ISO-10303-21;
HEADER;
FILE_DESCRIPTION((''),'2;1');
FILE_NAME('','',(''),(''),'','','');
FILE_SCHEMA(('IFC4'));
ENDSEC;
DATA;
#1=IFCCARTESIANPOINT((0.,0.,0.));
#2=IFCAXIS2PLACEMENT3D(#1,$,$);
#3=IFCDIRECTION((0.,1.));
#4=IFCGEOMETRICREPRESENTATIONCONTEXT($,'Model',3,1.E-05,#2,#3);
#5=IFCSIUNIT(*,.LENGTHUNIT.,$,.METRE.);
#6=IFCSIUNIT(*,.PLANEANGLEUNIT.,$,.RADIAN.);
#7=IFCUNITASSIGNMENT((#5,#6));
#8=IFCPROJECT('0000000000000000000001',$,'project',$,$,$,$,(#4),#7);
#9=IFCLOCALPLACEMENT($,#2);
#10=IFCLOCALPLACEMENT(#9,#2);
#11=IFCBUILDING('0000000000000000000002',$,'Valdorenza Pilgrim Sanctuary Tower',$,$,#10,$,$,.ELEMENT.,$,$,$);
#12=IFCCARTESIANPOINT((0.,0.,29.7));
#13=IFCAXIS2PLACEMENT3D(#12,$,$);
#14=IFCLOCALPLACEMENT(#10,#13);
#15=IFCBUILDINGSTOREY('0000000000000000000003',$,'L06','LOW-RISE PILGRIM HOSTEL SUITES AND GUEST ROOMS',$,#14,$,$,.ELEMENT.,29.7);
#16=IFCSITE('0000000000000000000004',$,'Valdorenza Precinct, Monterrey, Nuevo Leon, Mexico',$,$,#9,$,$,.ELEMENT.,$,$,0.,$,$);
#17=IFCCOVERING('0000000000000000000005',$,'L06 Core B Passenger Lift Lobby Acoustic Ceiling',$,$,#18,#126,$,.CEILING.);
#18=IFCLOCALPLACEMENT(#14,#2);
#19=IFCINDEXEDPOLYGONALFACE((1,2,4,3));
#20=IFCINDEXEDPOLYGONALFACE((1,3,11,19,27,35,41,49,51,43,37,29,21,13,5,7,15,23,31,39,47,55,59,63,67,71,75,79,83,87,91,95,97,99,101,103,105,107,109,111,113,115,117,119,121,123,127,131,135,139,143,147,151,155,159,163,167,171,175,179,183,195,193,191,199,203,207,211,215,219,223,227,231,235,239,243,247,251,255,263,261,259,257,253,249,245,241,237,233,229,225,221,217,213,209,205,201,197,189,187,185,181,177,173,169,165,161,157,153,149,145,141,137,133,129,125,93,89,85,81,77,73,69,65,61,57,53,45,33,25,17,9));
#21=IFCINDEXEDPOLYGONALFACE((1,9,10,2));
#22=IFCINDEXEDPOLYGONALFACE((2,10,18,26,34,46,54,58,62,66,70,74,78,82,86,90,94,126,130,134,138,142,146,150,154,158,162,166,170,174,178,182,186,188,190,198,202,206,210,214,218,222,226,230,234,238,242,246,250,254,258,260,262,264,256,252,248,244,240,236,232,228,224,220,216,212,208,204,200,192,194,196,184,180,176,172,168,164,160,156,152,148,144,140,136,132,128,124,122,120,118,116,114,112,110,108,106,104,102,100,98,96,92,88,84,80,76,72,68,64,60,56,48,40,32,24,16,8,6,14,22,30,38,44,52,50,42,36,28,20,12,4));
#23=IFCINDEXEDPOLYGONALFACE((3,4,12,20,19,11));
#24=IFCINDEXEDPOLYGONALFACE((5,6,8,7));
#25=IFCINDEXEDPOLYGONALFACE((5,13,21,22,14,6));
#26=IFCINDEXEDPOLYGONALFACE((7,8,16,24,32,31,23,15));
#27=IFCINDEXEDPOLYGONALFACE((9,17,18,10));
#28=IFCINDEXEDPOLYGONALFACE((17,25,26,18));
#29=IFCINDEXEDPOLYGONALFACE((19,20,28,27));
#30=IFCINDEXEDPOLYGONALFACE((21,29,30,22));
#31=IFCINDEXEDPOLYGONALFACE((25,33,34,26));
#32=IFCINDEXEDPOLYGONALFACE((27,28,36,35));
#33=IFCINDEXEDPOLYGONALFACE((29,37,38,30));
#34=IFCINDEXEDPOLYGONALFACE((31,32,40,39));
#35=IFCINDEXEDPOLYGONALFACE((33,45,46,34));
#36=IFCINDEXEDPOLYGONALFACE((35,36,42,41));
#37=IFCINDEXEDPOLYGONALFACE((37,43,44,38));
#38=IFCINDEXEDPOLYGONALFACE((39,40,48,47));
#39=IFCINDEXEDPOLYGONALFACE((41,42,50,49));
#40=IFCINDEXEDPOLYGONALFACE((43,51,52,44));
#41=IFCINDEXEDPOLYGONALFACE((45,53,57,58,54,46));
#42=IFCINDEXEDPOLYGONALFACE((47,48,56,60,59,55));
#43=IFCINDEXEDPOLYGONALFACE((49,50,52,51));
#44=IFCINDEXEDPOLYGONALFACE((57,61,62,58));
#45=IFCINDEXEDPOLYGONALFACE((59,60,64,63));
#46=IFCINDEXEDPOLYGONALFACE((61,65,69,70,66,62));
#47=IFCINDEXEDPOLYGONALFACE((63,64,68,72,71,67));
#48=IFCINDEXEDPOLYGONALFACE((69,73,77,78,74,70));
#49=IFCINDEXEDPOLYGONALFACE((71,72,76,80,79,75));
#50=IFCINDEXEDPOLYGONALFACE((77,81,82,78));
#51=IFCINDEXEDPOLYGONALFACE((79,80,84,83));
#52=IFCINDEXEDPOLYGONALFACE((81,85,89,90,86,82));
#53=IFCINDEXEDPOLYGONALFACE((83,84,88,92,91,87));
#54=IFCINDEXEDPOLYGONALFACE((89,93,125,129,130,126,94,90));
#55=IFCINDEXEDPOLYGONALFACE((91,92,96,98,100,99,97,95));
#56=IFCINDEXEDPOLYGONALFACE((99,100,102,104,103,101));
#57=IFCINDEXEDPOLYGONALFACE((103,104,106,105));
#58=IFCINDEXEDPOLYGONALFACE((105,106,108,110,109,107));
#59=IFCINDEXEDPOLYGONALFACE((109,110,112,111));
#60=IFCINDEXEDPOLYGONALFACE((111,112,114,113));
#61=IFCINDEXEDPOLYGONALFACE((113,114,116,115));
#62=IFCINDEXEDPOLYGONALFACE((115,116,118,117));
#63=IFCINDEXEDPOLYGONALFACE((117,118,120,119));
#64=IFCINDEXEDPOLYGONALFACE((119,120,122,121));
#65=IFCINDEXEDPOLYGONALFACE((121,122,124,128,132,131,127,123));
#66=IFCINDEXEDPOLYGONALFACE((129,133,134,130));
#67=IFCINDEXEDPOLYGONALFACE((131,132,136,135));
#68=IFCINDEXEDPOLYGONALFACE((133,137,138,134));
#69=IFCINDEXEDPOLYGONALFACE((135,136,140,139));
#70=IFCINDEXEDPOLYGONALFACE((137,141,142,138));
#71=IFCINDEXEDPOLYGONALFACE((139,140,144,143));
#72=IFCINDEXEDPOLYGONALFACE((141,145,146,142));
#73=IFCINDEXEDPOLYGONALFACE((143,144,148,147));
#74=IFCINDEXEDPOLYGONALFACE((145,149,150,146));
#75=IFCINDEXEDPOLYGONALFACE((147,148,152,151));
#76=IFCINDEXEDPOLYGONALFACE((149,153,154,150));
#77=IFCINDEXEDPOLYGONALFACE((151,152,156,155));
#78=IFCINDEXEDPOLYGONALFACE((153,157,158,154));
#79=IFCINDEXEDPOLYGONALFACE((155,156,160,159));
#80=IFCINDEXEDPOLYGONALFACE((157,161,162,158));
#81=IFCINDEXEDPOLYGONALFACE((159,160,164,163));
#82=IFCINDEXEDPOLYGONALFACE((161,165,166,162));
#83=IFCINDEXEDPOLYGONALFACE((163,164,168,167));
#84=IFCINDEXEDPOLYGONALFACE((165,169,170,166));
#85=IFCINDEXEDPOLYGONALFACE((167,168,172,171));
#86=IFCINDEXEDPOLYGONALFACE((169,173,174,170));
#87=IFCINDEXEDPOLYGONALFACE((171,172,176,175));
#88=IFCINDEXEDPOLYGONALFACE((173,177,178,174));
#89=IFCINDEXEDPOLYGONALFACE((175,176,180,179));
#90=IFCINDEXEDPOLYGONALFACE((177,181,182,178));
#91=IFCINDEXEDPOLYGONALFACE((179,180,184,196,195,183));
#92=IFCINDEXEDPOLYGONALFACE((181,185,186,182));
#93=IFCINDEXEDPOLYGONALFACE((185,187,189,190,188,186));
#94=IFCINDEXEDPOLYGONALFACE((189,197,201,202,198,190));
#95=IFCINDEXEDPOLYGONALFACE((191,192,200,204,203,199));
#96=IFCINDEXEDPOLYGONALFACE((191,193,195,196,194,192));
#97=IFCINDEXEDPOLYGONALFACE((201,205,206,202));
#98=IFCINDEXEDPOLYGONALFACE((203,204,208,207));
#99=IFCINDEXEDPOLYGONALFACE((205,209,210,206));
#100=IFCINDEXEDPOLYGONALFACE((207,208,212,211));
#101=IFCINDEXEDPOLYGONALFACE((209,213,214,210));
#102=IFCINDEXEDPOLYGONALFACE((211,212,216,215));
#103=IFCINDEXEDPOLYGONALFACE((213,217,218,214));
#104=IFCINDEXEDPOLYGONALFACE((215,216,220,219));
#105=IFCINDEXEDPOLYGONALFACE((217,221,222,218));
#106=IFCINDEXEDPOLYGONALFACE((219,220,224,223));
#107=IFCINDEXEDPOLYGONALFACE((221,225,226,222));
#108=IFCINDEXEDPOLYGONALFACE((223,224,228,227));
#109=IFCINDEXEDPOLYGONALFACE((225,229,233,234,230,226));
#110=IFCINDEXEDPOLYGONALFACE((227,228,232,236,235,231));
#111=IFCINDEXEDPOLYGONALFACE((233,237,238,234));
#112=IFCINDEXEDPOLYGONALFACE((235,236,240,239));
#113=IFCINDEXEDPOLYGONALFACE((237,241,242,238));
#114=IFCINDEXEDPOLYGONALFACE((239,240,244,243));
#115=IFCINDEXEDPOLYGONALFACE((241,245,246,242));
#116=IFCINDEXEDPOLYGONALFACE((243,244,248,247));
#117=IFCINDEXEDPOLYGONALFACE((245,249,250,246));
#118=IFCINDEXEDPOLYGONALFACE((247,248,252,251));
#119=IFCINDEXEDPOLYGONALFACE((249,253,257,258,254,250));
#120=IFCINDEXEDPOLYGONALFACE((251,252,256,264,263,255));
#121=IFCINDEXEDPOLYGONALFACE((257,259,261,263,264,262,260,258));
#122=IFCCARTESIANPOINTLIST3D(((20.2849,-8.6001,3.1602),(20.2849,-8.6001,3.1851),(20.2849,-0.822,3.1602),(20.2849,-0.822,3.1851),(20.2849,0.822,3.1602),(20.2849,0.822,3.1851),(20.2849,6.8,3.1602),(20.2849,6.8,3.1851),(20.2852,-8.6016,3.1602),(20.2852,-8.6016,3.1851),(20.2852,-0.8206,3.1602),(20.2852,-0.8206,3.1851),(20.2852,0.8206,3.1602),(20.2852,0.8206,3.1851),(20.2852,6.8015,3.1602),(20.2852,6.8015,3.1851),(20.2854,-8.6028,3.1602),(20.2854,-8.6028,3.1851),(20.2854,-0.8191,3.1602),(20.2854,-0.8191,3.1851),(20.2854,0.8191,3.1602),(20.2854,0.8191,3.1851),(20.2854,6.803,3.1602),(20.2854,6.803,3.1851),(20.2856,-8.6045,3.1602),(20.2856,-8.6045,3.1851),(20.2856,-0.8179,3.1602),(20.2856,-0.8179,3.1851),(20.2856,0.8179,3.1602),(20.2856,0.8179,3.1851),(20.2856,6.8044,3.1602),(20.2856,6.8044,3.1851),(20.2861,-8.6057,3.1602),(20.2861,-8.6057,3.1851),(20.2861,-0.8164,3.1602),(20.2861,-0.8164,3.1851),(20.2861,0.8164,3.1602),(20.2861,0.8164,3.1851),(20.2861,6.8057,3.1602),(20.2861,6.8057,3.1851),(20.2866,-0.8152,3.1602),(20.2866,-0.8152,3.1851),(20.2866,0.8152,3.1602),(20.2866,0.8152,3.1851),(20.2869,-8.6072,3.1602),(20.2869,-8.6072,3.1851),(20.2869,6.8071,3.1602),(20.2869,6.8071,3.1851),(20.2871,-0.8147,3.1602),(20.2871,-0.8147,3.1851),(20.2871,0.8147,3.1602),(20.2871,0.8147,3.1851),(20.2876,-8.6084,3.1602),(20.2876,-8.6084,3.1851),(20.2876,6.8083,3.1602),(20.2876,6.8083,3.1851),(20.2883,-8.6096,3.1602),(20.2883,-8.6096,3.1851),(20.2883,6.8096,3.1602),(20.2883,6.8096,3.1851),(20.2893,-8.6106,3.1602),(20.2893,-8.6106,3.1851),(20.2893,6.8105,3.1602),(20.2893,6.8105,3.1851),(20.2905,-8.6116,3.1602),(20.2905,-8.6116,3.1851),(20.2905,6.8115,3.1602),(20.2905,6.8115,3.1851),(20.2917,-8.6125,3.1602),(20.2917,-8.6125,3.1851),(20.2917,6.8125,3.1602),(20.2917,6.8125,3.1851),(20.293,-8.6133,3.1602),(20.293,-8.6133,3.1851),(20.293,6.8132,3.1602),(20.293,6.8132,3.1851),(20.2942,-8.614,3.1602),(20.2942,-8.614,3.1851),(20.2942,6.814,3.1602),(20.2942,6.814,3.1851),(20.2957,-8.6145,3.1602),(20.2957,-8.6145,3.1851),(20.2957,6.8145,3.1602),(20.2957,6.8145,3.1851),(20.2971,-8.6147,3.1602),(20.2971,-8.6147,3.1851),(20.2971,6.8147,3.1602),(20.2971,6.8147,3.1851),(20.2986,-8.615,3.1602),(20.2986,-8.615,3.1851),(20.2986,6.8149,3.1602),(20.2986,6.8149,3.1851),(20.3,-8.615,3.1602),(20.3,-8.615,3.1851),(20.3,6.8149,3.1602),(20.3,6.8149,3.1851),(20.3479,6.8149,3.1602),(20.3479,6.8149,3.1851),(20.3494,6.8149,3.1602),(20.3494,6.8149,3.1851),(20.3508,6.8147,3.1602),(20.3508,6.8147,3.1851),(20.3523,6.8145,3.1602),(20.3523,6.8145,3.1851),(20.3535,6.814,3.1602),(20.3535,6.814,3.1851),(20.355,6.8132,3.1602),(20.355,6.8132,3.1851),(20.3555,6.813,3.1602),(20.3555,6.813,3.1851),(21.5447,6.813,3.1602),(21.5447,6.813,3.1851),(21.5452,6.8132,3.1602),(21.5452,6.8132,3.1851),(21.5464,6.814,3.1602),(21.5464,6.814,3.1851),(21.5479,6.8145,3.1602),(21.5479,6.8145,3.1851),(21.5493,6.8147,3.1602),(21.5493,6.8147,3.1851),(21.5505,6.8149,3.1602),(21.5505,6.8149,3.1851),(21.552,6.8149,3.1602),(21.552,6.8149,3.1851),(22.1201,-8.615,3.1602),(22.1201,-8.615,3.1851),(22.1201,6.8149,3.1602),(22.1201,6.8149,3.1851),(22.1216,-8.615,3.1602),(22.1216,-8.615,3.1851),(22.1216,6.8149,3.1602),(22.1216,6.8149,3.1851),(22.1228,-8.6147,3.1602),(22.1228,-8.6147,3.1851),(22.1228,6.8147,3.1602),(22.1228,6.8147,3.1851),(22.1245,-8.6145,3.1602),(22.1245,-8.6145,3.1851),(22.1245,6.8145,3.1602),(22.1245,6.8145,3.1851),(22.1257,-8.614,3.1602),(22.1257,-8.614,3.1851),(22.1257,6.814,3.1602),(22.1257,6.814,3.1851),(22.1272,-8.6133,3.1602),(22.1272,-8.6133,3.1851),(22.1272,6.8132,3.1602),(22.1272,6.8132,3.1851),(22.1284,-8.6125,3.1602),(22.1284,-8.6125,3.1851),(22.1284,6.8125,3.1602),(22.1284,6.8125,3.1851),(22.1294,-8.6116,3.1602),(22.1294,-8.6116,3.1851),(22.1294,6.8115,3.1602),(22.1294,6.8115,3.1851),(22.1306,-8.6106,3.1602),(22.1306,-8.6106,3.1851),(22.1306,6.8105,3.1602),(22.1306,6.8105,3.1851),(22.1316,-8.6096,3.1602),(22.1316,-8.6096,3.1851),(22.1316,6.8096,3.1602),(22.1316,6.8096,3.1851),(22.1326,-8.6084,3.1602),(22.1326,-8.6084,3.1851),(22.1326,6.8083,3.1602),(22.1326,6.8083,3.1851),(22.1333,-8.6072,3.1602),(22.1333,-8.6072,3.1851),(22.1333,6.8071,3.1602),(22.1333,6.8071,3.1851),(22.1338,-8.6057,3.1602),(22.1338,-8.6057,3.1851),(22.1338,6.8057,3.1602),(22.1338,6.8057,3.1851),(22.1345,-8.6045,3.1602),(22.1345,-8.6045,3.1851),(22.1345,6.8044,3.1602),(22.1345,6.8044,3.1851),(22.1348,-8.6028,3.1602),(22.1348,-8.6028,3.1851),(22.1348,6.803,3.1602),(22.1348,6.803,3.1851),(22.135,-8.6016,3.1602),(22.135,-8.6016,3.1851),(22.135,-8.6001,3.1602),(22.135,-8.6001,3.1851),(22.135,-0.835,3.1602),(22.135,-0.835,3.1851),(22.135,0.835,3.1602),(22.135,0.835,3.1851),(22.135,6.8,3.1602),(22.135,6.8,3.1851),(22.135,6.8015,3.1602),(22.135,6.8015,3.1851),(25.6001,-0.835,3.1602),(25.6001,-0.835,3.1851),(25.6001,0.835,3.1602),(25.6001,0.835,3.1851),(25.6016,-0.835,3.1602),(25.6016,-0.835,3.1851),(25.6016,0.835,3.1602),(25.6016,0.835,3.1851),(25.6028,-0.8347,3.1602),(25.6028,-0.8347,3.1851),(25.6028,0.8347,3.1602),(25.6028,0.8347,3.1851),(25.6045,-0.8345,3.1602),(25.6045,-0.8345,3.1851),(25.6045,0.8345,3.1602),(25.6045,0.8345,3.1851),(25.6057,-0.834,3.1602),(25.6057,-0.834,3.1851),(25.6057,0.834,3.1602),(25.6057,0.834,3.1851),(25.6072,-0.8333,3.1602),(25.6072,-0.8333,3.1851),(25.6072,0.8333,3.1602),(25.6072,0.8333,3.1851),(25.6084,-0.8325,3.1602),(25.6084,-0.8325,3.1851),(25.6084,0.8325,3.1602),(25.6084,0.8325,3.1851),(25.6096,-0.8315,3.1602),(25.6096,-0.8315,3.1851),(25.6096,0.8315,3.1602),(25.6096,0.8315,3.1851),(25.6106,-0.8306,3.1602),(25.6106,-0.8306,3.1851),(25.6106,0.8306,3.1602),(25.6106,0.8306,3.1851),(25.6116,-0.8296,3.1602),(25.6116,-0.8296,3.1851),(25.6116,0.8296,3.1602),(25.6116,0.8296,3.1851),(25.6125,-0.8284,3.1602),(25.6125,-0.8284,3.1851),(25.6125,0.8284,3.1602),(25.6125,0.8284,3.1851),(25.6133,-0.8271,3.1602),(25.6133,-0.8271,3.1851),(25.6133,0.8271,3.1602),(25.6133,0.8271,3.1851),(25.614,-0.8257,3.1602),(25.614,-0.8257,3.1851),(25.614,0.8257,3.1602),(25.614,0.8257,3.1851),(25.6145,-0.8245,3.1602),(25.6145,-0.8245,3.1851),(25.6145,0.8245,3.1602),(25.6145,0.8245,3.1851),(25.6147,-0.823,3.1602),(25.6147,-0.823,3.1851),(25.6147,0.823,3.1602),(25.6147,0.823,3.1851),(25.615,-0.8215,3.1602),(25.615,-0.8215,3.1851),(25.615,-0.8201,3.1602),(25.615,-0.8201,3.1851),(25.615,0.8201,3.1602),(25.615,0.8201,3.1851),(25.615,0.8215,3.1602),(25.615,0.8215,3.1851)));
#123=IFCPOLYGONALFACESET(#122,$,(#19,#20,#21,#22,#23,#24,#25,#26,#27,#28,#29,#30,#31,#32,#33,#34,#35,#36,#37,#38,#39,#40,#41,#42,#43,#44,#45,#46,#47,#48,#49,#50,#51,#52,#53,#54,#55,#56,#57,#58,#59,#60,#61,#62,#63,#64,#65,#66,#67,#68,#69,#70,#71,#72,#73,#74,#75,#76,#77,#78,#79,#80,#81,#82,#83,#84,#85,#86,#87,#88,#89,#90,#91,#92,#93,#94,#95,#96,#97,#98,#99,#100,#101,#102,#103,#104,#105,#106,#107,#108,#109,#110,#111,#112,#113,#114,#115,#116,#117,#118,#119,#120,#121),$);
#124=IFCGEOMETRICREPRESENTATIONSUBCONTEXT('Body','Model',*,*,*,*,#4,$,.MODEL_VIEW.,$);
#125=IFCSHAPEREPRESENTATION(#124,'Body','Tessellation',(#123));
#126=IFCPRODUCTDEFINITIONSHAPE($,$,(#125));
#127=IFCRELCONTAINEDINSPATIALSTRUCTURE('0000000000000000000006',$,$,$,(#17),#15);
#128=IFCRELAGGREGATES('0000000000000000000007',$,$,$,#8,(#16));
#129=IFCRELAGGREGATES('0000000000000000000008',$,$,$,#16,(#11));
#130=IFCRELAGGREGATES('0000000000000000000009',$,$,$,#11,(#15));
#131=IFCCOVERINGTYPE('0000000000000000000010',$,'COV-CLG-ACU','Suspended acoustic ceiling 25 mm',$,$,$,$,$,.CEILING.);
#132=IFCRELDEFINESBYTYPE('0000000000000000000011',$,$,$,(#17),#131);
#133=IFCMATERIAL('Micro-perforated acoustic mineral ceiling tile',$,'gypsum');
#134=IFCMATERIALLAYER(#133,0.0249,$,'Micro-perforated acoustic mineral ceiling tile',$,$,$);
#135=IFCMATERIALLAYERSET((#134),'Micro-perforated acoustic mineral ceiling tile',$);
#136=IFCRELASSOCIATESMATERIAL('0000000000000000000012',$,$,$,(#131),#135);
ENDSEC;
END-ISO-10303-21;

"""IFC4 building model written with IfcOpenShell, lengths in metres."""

from ifc_helpers import new_model, si_unit, direction, frame, origin, place, context, subcontext, project, spatial, polyline, outline, extrude, material, layer, layer_set, type_object, element, save


model = new_model("IFC4")

# Units and contexts
model_context = context("Model", 3, precision=1e-05, world=origin(), true_north=direction((0.0, 1.0)))
body_context = subcontext(model_context, "Body", "Model", "MODEL_VIEW")
ifc_project = project(units=[si_unit("LENGTHUNIT", "METRE"), si_unit("PLANEANGLEUNIT", "RADIAN")], contexts=[model_context])

# Site, building, storey
site_placement = place(None, origin())
site = spatial("IfcSite", under=ifc_project, at=site_placement, Name="Valdorenza Precinct, Monterrey, Nuevo Leon, Mexico", CompositionType="ELEMENT", RefElevation=0.0)
building_placement = place(site_placement, origin())
building = spatial("IfcBuilding", under=site, at=building_placement, Name="Valdorenza Pilgrim Sanctuary Tower", CompositionType="ELEMENT")
storey_placement = place(building_placement, frame((0.0, 0.0, 29.7)))
storey = spatial("IfcBuildingStorey", under=building, at=storey_placement, Name="L06", Description="LOW-RISE PILGRIM HOSTEL SUITES AND GUEST ROOMS", CompositionType="ELEMENT", Elevation=29.7)

# Covering
ifc_material_1 = material(Name="Micro-perforated acoustic mineral ceiling tile", Category="gypsum")
ifc_layer_1 = layer(ifc_material_1, 0.0249, Name="Micro-perforated acoustic mineral ceiling tile")
ifc_layer_set_1 = layer_set([ifc_layer_1], Name="Micro-perforated acoustic mineral ceiling tile")
covering_type_1 = type_object("IfcCoveringType", Name="COV-CLG-ACU", Description="Suspended acoustic ceiling 25 mm", PredefinedType="CEILING", material=ifc_layer_set_1)
covering_1_placement = place(storey_placement, frame((0.0, 0.0, 3.1602)))
element("IfcCovering", 1, at=covering_1_placement, inside=storey, type_object=covering_type_1, Name="L06 Core B Passenger Lift Lobby Acoustic Ceiling", PredefinedType="CEILING", context=body_context, shape_type="SweptSolid", body=[
    extrude(outline(polyline([(20.2871, -0.8147), (20.2871, 0.8147), (20.2866, 0.8152), (20.2861, 0.8164), (20.2856, 0.8179), (20.2854, 0.8191), (20.2852, 0.8206), (20.2849, 0.822), (20.2849, 6.8), (20.2852, 6.8015), (20.2854, 6.803), (20.2856, 6.8044), (20.2861, 6.8057), (20.2869, 6.8071), (20.2876, 6.8083), (20.2883, 6.8096), (20.2893, 6.8105), (20.2905, 6.8115), (20.2917, 6.8125), (20.293, 6.8132), (20.2942, 6.814), (20.2957, 6.8145), (20.2971, 6.8147), (20.2986, 6.8149), (20.3, 6.8149), (20.3479, 6.8149), (20.3494, 6.8149), (20.3508, 6.8147), (20.3523, 6.8145), (20.3535, 6.814), (20.355, 6.8132), (20.3555, 6.813), (21.5447, 6.813), (21.5452, 6.8132), (21.5464, 6.814), (21.5479, 6.8145), (21.5493, 6.8147), (21.5505, 6.8149), (21.552, 6.8149), (22.1201, 6.8149), (22.1216, 6.8149), (22.1228, 6.8147), (22.1245, 6.8145), (22.1257, 6.814), (22.1272, 6.8132), (22.1284, 6.8125), (22.1294, 6.8115), (22.1306, 6.8105), (22.1316, 6.8096), (22.1326, 6.8083), (22.1333, 6.8071), (22.1338, 6.8057), (22.1345, 6.8044), (22.1348, 6.803), (22.135, 6.8015), (22.135, 6.8), (22.135, 0.835), (25.6001, 0.835), (25.6016, 0.835), (25.6028, 0.8347), (25.6045, 0.8345), (25.6057, 0.834), (25.6072, 0.8333), (25.6084, 0.8325), (25.6096, 0.8315), (25.6106, 0.8306), (25.6116, 0.8296), (25.6125, 0.8284), (25.6133, 0.8271), (25.614, 0.8257), (25.6145, 0.8245), (25.6147, 0.823), (25.615, 0.8215), (25.615, 0.8201), (25.615, -0.8201), (25.615, -0.8215), (25.6147, -0.823), (25.6145, -0.8245), (25.614, -0.8257), (25.6133, -0.8271), (25.6125, -0.8284), (25.6116, -0.8296), (25.6106, -0.8306), (25.6096, -0.8315), (25.6084, -0.8325), (25.6072, -0.8333), (25.6057, -0.834), (25.6045, -0.8345), (25.6028, -0.8347), (25.6016, -0.835), (25.6001, -0.835), (22.135, -0.835), (22.135, -8.6001), (22.135, -8.6016), (22.1348, -8.6028), (22.1345, -8.6045), (22.1338, -8.6057), (22.1333, -8.6072), (22.1326, -8.6084), (22.1316, -8.6096), (22.1306, -8.6106), (22.1294, -8.6116), (22.1284, -8.6125), (22.1272, -8.6133), (22.1257, -8.614), (22.1245, -8.6145), (22.1228, -8.6147), (22.1216, -8.615), (22.1201, -8.615), (20.3, -8.615), (20.2986, -8.615), (20.2971, -8.6147), (20.2957, -8.6145), (20.2942, -8.614), (20.293, -8.6133), (20.2917, -8.6125), (20.2905, -8.6116), (20.2893, -8.6106), (20.2883, -8.6096), (20.2876, -8.6084), (20.2869, -8.6072), (20.2861, -8.6057), (20.2856, -8.6045), (20.2854, -8.6028), (20.2852, -8.6016), (20.2849, -8.6001), (20.2849, -0.822), (20.2852, -0.8206), (20.2854, -0.8191), (20.2856, -0.8179), (20.2861, -0.8164), (20.2866, -0.8152), (20.2871, -0.8147)])), origin(), (0.0, 0.0, 1.0), 0.0249),
])

save(model, "model.ifc")
